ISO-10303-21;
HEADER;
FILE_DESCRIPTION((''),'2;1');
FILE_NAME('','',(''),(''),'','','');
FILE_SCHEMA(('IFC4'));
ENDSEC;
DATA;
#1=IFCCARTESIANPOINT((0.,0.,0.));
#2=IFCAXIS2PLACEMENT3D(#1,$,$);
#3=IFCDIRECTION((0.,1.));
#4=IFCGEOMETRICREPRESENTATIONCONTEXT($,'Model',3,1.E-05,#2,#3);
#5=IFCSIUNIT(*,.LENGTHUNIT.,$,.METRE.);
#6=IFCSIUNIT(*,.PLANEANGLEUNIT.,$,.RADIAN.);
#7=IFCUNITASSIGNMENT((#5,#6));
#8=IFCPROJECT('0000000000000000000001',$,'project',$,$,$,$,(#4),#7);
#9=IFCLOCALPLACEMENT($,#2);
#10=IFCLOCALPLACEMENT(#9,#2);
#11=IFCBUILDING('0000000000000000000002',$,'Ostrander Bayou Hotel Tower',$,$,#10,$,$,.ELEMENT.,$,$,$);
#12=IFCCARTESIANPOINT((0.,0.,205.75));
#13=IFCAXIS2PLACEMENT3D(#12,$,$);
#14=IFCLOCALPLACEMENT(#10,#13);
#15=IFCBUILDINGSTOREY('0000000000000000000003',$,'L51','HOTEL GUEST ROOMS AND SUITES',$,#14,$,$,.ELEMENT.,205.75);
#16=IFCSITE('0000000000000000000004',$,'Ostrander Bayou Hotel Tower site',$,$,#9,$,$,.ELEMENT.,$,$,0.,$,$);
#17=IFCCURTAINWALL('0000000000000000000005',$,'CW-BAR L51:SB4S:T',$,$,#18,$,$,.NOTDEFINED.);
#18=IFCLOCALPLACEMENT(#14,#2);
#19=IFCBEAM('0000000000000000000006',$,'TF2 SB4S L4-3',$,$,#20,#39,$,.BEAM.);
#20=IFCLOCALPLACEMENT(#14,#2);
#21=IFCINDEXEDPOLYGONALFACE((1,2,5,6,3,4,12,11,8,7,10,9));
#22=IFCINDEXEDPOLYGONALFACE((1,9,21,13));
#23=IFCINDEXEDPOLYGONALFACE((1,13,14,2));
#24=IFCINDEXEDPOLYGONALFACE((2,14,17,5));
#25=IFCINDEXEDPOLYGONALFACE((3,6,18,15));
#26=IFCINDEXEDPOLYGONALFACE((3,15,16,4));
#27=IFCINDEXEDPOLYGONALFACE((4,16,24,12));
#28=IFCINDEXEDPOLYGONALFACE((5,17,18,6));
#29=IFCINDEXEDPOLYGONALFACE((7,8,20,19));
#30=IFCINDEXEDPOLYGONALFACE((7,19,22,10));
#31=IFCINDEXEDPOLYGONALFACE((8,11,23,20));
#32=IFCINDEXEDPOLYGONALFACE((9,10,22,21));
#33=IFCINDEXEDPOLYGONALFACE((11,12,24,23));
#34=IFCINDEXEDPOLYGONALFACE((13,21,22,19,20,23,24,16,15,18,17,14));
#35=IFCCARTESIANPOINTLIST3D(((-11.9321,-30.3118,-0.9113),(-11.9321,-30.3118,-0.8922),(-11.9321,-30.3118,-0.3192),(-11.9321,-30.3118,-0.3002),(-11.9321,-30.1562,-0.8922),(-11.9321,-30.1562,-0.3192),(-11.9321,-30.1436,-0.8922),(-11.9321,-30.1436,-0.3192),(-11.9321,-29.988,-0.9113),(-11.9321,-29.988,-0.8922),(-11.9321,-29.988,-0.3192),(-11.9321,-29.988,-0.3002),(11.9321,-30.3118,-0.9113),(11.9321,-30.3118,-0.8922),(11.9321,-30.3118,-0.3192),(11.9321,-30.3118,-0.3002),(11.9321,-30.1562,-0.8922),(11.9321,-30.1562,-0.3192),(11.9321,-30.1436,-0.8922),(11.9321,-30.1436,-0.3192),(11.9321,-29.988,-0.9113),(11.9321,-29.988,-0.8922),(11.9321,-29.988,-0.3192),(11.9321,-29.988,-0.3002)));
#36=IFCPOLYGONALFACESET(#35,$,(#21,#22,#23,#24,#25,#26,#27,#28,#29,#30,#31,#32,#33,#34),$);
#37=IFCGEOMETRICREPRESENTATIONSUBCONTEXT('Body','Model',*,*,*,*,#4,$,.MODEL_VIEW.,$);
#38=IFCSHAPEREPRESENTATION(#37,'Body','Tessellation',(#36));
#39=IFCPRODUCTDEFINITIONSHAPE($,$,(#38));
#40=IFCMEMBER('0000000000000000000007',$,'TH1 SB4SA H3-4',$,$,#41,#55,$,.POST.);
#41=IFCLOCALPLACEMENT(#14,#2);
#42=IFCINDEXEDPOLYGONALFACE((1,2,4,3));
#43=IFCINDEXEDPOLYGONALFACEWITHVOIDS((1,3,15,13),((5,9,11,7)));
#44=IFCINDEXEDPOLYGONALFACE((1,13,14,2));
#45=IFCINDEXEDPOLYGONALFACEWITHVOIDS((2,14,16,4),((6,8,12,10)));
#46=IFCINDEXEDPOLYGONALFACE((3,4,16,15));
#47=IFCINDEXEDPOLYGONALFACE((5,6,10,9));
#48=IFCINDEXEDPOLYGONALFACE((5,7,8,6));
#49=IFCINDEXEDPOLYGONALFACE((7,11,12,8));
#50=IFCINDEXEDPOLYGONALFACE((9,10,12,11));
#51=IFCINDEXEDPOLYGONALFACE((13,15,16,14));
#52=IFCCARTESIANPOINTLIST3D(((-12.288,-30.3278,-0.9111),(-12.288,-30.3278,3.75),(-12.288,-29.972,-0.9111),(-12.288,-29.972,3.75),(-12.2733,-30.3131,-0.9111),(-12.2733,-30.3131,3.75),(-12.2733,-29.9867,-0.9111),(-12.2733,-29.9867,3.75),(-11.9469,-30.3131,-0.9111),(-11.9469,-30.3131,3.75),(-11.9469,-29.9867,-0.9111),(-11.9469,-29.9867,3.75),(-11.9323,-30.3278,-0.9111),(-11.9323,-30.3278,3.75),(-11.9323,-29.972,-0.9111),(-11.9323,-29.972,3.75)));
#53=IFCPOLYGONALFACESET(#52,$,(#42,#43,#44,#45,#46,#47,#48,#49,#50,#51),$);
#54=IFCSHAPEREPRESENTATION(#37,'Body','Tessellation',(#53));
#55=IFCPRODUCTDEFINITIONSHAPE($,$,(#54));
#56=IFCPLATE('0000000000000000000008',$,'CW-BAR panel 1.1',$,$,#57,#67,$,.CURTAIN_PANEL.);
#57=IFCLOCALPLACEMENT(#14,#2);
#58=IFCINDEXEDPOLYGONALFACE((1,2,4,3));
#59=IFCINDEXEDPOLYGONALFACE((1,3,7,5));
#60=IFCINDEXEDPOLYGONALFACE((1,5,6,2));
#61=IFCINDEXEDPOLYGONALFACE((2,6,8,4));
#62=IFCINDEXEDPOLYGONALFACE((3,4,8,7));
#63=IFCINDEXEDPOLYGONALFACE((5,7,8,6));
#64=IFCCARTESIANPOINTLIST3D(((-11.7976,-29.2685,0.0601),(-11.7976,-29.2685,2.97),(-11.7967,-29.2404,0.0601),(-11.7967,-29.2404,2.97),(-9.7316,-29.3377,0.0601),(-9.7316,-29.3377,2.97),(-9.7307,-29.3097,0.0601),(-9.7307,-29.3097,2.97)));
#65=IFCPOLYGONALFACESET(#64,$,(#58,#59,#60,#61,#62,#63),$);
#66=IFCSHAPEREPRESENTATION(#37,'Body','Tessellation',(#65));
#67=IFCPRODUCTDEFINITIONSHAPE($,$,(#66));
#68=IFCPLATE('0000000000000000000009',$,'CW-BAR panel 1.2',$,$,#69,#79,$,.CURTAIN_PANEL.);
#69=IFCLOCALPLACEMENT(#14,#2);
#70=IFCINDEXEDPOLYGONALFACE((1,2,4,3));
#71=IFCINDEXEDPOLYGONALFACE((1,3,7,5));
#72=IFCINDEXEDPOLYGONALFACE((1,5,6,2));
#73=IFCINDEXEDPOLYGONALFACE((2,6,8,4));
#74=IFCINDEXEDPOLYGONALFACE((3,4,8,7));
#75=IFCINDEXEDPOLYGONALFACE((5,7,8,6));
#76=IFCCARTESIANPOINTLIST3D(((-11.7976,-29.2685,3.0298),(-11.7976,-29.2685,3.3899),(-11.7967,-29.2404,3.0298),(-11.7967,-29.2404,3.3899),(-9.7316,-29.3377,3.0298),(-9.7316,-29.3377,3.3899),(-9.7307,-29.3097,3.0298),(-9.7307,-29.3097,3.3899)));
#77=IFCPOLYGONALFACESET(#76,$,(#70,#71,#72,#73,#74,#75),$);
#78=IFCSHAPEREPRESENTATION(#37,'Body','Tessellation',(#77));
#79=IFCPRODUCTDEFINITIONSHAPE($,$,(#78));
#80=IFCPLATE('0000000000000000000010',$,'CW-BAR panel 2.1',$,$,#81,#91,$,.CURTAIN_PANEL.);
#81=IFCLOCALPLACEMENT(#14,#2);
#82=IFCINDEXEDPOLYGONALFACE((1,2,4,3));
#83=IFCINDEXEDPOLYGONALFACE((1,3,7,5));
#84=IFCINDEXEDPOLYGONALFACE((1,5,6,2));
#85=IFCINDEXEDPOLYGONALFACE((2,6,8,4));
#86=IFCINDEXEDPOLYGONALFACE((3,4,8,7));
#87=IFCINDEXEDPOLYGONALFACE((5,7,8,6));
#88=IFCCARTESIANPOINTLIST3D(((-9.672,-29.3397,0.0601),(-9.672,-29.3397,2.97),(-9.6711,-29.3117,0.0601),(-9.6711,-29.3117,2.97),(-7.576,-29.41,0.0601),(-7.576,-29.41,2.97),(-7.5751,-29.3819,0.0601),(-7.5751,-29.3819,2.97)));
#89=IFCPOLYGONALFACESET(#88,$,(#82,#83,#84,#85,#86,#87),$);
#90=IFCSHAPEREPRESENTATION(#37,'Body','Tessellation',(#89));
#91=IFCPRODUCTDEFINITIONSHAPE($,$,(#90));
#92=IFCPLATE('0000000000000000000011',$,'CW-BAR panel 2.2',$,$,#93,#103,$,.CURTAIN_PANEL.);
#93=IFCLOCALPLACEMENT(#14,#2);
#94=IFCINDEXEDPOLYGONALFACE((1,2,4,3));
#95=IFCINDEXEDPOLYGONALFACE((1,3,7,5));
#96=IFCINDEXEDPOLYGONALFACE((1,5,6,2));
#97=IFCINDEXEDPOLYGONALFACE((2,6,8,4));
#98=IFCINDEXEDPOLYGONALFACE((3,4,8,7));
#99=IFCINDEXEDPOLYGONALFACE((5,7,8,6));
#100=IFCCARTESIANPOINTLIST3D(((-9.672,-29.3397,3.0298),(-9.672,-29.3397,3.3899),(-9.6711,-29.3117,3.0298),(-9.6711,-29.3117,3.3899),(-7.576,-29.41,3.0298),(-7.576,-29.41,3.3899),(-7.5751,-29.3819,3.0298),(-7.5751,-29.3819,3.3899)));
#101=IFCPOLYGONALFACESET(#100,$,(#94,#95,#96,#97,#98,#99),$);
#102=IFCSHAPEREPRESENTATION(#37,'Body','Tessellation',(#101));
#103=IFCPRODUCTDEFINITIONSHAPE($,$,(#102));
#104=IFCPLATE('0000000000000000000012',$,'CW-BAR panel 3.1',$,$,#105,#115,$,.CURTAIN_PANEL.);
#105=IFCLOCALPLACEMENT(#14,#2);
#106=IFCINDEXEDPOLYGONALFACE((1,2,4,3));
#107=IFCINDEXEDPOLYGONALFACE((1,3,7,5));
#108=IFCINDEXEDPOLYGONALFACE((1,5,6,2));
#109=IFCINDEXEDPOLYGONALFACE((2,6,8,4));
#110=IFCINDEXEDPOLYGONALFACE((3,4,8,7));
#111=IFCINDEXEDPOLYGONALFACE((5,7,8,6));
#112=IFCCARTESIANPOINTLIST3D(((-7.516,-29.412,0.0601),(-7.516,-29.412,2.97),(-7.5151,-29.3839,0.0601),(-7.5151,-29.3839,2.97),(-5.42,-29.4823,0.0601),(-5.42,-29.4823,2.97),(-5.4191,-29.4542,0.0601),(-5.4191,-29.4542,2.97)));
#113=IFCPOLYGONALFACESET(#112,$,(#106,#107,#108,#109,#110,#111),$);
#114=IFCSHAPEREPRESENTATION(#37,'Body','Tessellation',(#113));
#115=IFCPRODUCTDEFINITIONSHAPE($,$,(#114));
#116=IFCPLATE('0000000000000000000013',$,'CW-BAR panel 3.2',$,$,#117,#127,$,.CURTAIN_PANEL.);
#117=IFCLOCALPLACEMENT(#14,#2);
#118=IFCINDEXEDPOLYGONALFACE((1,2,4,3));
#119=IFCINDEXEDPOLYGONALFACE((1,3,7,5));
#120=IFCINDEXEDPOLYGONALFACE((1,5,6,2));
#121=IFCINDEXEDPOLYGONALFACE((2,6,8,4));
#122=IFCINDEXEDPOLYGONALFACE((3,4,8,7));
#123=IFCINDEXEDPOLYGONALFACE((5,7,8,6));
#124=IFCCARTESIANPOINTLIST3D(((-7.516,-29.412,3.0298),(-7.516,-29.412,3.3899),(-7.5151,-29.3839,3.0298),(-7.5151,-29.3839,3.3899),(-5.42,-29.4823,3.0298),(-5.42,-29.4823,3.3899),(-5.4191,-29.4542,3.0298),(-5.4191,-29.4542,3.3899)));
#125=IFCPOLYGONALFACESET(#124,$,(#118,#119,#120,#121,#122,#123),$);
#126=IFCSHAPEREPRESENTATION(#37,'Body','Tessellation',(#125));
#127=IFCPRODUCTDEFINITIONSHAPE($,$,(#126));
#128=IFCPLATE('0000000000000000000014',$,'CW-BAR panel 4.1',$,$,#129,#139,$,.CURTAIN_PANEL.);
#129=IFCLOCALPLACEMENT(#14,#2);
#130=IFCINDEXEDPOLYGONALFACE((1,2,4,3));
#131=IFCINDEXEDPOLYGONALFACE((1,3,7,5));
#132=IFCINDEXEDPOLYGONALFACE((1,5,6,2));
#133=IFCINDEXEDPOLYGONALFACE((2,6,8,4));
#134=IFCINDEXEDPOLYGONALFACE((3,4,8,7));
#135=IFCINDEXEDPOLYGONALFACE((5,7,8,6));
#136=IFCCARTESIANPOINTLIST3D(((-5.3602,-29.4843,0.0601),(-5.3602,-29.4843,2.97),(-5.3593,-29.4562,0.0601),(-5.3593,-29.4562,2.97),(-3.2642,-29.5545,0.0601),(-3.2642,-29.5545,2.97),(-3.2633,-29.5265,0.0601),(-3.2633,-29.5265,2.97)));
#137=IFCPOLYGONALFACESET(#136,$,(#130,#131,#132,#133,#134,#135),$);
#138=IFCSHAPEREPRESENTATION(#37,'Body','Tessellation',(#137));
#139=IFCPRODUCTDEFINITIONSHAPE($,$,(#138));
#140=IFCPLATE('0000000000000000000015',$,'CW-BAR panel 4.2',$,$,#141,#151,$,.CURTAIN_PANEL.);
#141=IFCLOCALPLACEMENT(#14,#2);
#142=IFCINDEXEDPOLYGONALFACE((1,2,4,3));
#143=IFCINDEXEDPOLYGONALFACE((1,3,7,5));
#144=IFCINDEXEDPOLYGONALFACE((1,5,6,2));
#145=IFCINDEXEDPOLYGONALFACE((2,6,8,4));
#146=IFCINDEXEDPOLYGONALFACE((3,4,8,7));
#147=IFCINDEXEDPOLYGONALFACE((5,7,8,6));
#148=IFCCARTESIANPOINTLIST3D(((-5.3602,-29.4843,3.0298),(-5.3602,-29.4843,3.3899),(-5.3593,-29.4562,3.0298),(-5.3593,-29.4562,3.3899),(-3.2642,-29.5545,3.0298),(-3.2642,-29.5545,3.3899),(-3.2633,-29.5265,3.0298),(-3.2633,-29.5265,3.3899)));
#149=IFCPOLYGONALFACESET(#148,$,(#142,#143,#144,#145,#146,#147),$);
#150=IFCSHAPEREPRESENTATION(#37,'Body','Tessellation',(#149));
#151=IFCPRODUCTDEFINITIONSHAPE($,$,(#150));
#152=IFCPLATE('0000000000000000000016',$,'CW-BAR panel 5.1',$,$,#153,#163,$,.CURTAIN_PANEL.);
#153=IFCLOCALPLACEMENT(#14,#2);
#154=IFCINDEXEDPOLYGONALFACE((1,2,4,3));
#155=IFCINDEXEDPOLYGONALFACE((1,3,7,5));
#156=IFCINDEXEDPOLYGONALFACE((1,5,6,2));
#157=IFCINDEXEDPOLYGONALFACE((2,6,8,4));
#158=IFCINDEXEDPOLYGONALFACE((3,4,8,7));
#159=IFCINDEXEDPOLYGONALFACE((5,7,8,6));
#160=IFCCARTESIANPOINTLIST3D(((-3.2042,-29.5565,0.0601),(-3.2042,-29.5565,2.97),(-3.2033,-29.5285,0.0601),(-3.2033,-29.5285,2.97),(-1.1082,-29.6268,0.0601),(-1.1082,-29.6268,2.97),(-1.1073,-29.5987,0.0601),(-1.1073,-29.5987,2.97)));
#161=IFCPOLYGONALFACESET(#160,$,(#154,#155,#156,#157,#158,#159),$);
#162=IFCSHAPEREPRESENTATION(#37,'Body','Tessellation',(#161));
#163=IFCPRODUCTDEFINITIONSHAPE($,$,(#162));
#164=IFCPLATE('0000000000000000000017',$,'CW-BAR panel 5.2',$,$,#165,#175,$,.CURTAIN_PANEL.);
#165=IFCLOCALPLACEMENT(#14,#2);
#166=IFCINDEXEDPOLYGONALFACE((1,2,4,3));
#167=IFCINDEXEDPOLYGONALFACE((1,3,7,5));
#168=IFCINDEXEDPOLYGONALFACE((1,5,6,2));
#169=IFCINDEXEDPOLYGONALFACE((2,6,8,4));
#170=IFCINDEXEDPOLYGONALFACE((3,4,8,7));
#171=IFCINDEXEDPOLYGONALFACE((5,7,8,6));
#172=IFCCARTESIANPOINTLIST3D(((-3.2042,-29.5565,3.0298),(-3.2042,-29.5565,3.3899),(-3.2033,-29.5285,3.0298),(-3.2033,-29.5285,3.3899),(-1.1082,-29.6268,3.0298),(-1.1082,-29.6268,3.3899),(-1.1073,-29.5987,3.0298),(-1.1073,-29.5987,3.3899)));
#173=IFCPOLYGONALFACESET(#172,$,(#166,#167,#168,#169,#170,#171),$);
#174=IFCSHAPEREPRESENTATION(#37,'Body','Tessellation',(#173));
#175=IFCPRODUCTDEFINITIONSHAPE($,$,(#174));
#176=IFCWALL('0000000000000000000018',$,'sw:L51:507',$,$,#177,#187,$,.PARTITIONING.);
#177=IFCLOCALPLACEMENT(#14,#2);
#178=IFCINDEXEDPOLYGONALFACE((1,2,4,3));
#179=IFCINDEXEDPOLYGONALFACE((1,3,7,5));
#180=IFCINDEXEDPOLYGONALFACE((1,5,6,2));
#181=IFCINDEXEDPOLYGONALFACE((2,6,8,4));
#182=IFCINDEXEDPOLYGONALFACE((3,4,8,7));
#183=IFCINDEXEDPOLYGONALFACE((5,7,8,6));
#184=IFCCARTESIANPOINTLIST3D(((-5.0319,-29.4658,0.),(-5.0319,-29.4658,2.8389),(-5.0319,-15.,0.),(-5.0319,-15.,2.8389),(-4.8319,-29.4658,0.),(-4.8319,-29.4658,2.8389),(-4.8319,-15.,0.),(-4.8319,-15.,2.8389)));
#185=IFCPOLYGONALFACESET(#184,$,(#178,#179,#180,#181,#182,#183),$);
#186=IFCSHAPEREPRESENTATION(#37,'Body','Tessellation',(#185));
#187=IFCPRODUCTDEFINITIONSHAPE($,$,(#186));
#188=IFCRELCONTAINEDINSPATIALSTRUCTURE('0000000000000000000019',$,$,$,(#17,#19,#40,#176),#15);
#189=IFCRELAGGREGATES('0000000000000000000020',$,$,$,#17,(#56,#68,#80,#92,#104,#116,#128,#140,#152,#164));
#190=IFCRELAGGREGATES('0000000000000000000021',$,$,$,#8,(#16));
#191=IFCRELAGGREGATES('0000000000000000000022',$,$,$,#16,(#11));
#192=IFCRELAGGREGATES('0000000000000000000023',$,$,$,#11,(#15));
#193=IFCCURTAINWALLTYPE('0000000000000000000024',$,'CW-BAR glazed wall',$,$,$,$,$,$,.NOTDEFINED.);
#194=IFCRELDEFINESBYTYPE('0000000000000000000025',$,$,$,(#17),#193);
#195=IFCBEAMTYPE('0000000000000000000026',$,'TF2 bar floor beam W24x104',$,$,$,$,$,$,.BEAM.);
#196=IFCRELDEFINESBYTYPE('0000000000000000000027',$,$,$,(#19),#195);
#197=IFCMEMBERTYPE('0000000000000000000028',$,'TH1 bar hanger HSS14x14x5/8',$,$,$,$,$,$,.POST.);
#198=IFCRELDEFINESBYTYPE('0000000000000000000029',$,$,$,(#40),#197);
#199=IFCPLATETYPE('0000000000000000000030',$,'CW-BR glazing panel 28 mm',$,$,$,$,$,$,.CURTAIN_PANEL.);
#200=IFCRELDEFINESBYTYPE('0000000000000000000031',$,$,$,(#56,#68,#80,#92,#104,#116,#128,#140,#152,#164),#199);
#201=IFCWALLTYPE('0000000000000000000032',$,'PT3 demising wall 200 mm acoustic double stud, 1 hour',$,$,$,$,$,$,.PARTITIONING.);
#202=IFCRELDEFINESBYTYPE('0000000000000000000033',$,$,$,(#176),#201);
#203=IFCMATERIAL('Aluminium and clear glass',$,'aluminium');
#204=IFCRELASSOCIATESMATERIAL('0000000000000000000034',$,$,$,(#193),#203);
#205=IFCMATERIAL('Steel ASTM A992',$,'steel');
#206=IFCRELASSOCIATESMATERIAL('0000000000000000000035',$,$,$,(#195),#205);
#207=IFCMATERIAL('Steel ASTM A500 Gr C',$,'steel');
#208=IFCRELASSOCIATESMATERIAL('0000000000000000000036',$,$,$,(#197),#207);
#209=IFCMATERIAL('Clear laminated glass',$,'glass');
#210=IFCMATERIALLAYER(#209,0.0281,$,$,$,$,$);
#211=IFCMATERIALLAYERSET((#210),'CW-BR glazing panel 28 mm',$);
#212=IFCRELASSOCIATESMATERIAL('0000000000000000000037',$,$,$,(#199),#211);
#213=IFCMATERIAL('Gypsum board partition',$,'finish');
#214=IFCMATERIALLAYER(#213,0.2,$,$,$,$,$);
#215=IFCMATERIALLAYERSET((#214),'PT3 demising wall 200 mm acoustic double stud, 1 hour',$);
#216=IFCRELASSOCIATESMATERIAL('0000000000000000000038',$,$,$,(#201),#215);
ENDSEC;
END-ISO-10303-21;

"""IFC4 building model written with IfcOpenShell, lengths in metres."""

from ifc_helpers import new_model, si_unit, direction, frame, frame_2d, origin, origin_2d, place, context, subcontext, project, spatial, rectangle, hollow_rectangle, i_section, extrude, material, layer, layer_set, material_profile, profile_set, type_object, element, aggregate, save


model = new_model("IFC4")

# Units and contexts
model_context = context("Model", 3, precision=1e-05, world=origin(), true_north=direction((0.0, 1.0)))
body_context = subcontext(model_context, "Body", "Model", "MODEL_VIEW")
ifc_project = project(units=[si_unit("LENGTHUNIT", "METRE"), si_unit("PLANEANGLEUNIT", "RADIAN")], contexts=[model_context])

# Site, building, storey
site_placement = place(None, origin())
site = spatial("IfcSite", under=ifc_project, at=site_placement, Name="Ostrander Bayou Hotel Tower site", CompositionType="ELEMENT", RefElevation=0.0)
building_placement = place(site_placement, origin())
building = spatial("IfcBuilding", under=site, at=building_placement, Name="Ostrander Bayou Hotel Tower", CompositionType="ELEMENT")
storey_placement = place(building_placement, frame((0.0, 0.0, 205.75)))
storey = spatial("IfcBuildingStorey", under=building, at=storey_placement, Name="L51", Description="HOTEL GUEST ROOMS AND SUITES", CompositionType="ELEMENT", Elevation=205.75)

# Curtain wall
ifc_material_1 = material(Name="Aluminium and clear glass", Category="aluminium")
curtain_wall_type = type_object("IfcCurtainWallType", Name="CW-BAR glazed wall", PredefinedType="NOTDEFINED", material=ifc_material_1)
curtain_wall_placement = place(storey_placement, origin())
curtain_wall = element("IfcCurtainWall", 1, at=curtain_wall_placement, inside=storey, type_object=curtain_wall_type, Name="CW-BAR L51:SB4S:T", PredefinedType="NOTDEFINED")

# Beam
ifc_material_2 = material(Name="Steel ASTM A992", Category="steel")
ifc_material_profile_1 = material_profile(ifc_material_2, i_section(OverallWidth=0.3237, OverallDepth=0.6111, WebThickness=0.0127, FlangeThickness=0.019, at=origin_2d()))
ifc_profile_set_1 = profile_set([ifc_material_profile_1], Name="Steel ASTM A992")
beam_type = type_object("IfcBeamType", Name="TF2 bar floor beam W24x104", PredefinedType="BEAM", material=ifc_profile_set_1)
beam_placement = place(storey_placement, frame((-11.9321, -30.1499, -0.6057), z_axis=(1.0, 0.0, 0.0), x_axis=(0.0, 1.0, 0.0)))
element("IfcBeam", 2, at=beam_placement, inside=storey, type_object=beam_type, Name="TF2 SB4S L4-3", PredefinedType="BEAM", context=body_context, shape_type="SweptSolid", body=[
    extrude(i_section(OverallWidth=0.3237, OverallDepth=0.6111, WebThickness=0.0127, FlangeThickness=0.019, at=origin_2d()), origin(), (0.0, 0.0, 1.0), 23.8643),
])

# Member
ifc_material_3 = material(Name="Steel ASTM A500 Gr C", Category="steel")
ifc_material_profile_2 = material_profile(ifc_material_3, hollow_rectangle(XDim=0.3557, YDim=0.3557, WallThickness=0.0146, at=origin_2d()))
ifc_profile_set_2 = profile_set([ifc_material_profile_2], Name="Steel ASTM A500 Gr C")
member_type_1 = type_object("IfcMemberType", Name="TH1 bar hanger HSS14x14x5/8", PredefinedType="POST", material=ifc_profile_set_2)
member_1_placement = place(storey_placement, frame((-12.1101, -30.1499, -0.9111), z_axis=(0.0, 0.0, 1.0), x_axis=(1.0, 0.0, 0.0)))
element("IfcMember", 3, at=member_1_placement, inside=storey, type_object=member_type_1, Name="TH1 SB4SA H3-4", PredefinedType="POST", context=body_context, shape_type="SweptSolid", body=[
    extrude(hollow_rectangle(XDim=0.3557, YDim=0.3557, WallThickness=0.0146, at=origin_2d()), origin(), (0.0, 0.0, 1.0), 4.6611),
])

# Plates
ifc_material_4 = material(Name="Clear laminated glass", Category="glass")
ifc_layer_1 = layer(ifc_material_4, 0.0281)
ifc_layer_set_1 = layer_set([ifc_layer_1], Name="CW-BR glazing panel 28 mm")
plate_type = type_object("IfcPlateType", Name="CW-BR glazing panel 28 mm", PredefinedType="CURTAIN_PANEL", material=ifc_layer_set_1)
plate_1_placement = place(storey_placement, frame((-10.7642, -29.2891, 0.0601), z_axis=(0.0, 0.0, 1.0), x_axis=(0.999439, -0.033505, 0.0)))
plate_1 = element("IfcPlate", 4, at=plate_1_placement, type_object=plate_type, Name="CW-BAR panel 1.1", PredefinedType="CURTAIN_PANEL", context=body_context, shape_type="SweptSolid", body=[
    extrude(rectangle(XDim=2.0671, YDim=0.0281, at=origin_2d()), origin(), (0.0, 0.0, 1.0), 2.9099),
])
plate_2_placement = place(storey_placement, frame((-10.7642, -29.2891, 3.0298), z_axis=(0.0, 0.0, 1.0), x_axis=(0.999439, -0.033505, 0.0)))
plate_2 = element("IfcPlate", 5, at=plate_2_placement, type_object=plate_type, Name="CW-BAR panel 1.2", PredefinedType="CURTAIN_PANEL", context=body_context, shape_type="SweptSolid", body=[
    extrude(rectangle(XDim=2.0671, YDim=0.0281, at=origin_2d()), origin(), (0.0, 0.0, 1.0), 0.3601),
])
plate_3_placement = place(storey_placement, frame((-8.6235, -29.3608, 0.0601), z_axis=(0.0, 0.0, 1.0), x_axis=(0.999439, -0.033505, 0.0)))
plate_3 = element("IfcPlate", 6, at=plate_3_placement, type_object=plate_type, Name="CW-BAR panel 2.1", PredefinedType="CURTAIN_PANEL", context=body_context, shape_type="SweptSolid", body=[
    extrude(rectangle(XDim=2.0972, YDim=0.0281, at=origin_2d()), origin(), (0.0, 0.0, 1.0), 2.9099),
])
plate_4_placement = place(storey_placement, frame((-8.6235, -29.3608, 3.0298), z_axis=(0.0, 0.0, 1.0), x_axis=(0.999439, -0.033505, 0.0)))
plate_4 = element("IfcPlate", 7, at=plate_4_placement, type_object=plate_type, Name="CW-BAR panel 2.2", PredefinedType="CURTAIN_PANEL", context=body_context, shape_type="SweptSolid", body=[
    extrude(rectangle(XDim=2.0972, YDim=0.0281, at=origin_2d()), origin(), (0.0, 0.0, 1.0), 0.3601),
])
plate_5_placement = place(storey_placement, frame((-6.4675, -29.4331, 0.0601), z_axis=(0.0, 0.0, 1.0), x_axis=(0.999439, -0.033505, 0.0)))
plate_5 = element("IfcPlate", 8, at=plate_5_placement, type_object=plate_type, Name="CW-BAR panel 3.1", PredefinedType="CURTAIN_PANEL", context=body_context, shape_type="SweptSolid", body=[
    extrude(rectangle(XDim=2.0972, YDim=0.0281, at=origin_2d()), origin(), (0.0, 0.0, 1.0), 2.9099),
])
plate_6_placement = place(storey_placement, frame((-6.4675, -29.4331, 3.0298), z_axis=(0.0, 0.0, 1.0), x_axis=(0.999439, -0.033505, 0.0)))
plate_6 = element("IfcPlate", 9, at=plate_6_placement, type_object=plate_type, Name="CW-BAR panel 3.2", PredefinedType="CURTAIN_PANEL", context=body_context, shape_type="SweptSolid", body=[
    extrude(rectangle(XDim=2.0972, YDim=0.0281, at=origin_2d()), origin(), (0.0, 0.0, 1.0), 0.3601),
])
plate_7_placement = place(storey_placement, frame((-4.3118, -29.5054, 0.0601), z_axis=(0.0, 0.0, 1.0), x_axis=(0.999439, -0.033505, 0.0)))
plate_7 = element("IfcPlate", 10, at=plate_7_placement, type_object=plate_type, Name="CW-BAR panel 4.1", PredefinedType="CURTAIN_PANEL", context=body_context, shape_type="SweptSolid", body=[
    extrude(rectangle(XDim=2.0972, YDim=0.0281, at=origin_2d()), origin(), (0.0, 0.0, 1.0), 2.9099),
])
plate_8_placement = place(storey_placement, frame((-4.3118, -29.5054, 3.0298), z_axis=(0.0, 0.0, 1.0), x_axis=(0.999439, -0.033505, 0.0)))
plate_8 = element("IfcPlate", 11, at=plate_8_placement, type_object=plate_type, Name="CW-BAR panel 4.2", PredefinedType="CURTAIN_PANEL", context=body_context, shape_type="SweptSolid", body=[
    extrude(rectangle(XDim=2.0972, YDim=0.0281, at=origin_2d()), origin(), (0.0, 0.0, 1.0), 0.3601),
])
plate_9_placement = place(storey_placement, frame((-2.1558, -29.5776, 0.0601), z_axis=(0.0, 0.0, 1.0), x_axis=(0.999439, -0.033505, 0.0)))
plate_9 = element("IfcPlate", 12, at=plate_9_placement, type_object=plate_type, Name="CW-BAR panel 5.1", PredefinedType="CURTAIN_PANEL", context=body_context, shape_type="SweptSolid", body=[
    extrude(rectangle(XDim=2.0972, YDim=0.0281, at=origin_2d()), origin(), (0.0, 0.0, 1.0), 2.9099),
])
plate_10_placement = place(storey_placement, frame((-2.1558, -29.5776, 3.0298), z_axis=(0.0, 0.0, 1.0), x_axis=(0.999439, -0.033505, 0.0)))
plate_10 = element("IfcPlate", 13, at=plate_10_placement, type_object=plate_type, Name="CW-BAR panel 5.2", PredefinedType="CURTAIN_PANEL", context=body_context, shape_type="SweptSolid", body=[
    extrude(rectangle(XDim=2.0972, YDim=0.0281, at=origin_2d()), origin(), (0.0, 0.0, 1.0), 0.3601),
])
aggregate(curtain_wall, [plate_1, plate_2, plate_3, plate_4, plate_5, plate_6, plate_7, plate_8, plate_9, plate_10])

# Wall
ifc_material_5 = material(Name="Gypsum board partition", Category="finish")
ifc_layer_2 = layer(ifc_material_5, 0.2)
ifc_layer_set_2 = layer_set([ifc_layer_2], Name="PT3 demising wall 200 mm acoustic double stud, 1 hour")
wall_type = type_object("IfcWallType", Name="PT3 demising wall 200 mm acoustic double stud, 1 hour", PredefinedType="PARTITIONING", material=ifc_layer_set_2)
wall_placement = place(storey_placement, frame((-4.9319, -29.4658, 0.0), z_axis=(0.0, 0.0, 1.0), x_axis=(0.0, 1.0, 0.0)))
element("IfcWall", 14, at=wall_placement, inside=storey, type_object=wall_type, Name="sw:L51:507", PredefinedType="PARTITIONING", context=body_context, shape_type="SweptSolid", body=[
    extrude(rectangle(XDim=14.4658, YDim=0.2, at=frame_2d((7.2329, 0.0))), origin(), (0.0, 0.0, 1.0), 2.8389),
])

save(model, "model.ifc")
